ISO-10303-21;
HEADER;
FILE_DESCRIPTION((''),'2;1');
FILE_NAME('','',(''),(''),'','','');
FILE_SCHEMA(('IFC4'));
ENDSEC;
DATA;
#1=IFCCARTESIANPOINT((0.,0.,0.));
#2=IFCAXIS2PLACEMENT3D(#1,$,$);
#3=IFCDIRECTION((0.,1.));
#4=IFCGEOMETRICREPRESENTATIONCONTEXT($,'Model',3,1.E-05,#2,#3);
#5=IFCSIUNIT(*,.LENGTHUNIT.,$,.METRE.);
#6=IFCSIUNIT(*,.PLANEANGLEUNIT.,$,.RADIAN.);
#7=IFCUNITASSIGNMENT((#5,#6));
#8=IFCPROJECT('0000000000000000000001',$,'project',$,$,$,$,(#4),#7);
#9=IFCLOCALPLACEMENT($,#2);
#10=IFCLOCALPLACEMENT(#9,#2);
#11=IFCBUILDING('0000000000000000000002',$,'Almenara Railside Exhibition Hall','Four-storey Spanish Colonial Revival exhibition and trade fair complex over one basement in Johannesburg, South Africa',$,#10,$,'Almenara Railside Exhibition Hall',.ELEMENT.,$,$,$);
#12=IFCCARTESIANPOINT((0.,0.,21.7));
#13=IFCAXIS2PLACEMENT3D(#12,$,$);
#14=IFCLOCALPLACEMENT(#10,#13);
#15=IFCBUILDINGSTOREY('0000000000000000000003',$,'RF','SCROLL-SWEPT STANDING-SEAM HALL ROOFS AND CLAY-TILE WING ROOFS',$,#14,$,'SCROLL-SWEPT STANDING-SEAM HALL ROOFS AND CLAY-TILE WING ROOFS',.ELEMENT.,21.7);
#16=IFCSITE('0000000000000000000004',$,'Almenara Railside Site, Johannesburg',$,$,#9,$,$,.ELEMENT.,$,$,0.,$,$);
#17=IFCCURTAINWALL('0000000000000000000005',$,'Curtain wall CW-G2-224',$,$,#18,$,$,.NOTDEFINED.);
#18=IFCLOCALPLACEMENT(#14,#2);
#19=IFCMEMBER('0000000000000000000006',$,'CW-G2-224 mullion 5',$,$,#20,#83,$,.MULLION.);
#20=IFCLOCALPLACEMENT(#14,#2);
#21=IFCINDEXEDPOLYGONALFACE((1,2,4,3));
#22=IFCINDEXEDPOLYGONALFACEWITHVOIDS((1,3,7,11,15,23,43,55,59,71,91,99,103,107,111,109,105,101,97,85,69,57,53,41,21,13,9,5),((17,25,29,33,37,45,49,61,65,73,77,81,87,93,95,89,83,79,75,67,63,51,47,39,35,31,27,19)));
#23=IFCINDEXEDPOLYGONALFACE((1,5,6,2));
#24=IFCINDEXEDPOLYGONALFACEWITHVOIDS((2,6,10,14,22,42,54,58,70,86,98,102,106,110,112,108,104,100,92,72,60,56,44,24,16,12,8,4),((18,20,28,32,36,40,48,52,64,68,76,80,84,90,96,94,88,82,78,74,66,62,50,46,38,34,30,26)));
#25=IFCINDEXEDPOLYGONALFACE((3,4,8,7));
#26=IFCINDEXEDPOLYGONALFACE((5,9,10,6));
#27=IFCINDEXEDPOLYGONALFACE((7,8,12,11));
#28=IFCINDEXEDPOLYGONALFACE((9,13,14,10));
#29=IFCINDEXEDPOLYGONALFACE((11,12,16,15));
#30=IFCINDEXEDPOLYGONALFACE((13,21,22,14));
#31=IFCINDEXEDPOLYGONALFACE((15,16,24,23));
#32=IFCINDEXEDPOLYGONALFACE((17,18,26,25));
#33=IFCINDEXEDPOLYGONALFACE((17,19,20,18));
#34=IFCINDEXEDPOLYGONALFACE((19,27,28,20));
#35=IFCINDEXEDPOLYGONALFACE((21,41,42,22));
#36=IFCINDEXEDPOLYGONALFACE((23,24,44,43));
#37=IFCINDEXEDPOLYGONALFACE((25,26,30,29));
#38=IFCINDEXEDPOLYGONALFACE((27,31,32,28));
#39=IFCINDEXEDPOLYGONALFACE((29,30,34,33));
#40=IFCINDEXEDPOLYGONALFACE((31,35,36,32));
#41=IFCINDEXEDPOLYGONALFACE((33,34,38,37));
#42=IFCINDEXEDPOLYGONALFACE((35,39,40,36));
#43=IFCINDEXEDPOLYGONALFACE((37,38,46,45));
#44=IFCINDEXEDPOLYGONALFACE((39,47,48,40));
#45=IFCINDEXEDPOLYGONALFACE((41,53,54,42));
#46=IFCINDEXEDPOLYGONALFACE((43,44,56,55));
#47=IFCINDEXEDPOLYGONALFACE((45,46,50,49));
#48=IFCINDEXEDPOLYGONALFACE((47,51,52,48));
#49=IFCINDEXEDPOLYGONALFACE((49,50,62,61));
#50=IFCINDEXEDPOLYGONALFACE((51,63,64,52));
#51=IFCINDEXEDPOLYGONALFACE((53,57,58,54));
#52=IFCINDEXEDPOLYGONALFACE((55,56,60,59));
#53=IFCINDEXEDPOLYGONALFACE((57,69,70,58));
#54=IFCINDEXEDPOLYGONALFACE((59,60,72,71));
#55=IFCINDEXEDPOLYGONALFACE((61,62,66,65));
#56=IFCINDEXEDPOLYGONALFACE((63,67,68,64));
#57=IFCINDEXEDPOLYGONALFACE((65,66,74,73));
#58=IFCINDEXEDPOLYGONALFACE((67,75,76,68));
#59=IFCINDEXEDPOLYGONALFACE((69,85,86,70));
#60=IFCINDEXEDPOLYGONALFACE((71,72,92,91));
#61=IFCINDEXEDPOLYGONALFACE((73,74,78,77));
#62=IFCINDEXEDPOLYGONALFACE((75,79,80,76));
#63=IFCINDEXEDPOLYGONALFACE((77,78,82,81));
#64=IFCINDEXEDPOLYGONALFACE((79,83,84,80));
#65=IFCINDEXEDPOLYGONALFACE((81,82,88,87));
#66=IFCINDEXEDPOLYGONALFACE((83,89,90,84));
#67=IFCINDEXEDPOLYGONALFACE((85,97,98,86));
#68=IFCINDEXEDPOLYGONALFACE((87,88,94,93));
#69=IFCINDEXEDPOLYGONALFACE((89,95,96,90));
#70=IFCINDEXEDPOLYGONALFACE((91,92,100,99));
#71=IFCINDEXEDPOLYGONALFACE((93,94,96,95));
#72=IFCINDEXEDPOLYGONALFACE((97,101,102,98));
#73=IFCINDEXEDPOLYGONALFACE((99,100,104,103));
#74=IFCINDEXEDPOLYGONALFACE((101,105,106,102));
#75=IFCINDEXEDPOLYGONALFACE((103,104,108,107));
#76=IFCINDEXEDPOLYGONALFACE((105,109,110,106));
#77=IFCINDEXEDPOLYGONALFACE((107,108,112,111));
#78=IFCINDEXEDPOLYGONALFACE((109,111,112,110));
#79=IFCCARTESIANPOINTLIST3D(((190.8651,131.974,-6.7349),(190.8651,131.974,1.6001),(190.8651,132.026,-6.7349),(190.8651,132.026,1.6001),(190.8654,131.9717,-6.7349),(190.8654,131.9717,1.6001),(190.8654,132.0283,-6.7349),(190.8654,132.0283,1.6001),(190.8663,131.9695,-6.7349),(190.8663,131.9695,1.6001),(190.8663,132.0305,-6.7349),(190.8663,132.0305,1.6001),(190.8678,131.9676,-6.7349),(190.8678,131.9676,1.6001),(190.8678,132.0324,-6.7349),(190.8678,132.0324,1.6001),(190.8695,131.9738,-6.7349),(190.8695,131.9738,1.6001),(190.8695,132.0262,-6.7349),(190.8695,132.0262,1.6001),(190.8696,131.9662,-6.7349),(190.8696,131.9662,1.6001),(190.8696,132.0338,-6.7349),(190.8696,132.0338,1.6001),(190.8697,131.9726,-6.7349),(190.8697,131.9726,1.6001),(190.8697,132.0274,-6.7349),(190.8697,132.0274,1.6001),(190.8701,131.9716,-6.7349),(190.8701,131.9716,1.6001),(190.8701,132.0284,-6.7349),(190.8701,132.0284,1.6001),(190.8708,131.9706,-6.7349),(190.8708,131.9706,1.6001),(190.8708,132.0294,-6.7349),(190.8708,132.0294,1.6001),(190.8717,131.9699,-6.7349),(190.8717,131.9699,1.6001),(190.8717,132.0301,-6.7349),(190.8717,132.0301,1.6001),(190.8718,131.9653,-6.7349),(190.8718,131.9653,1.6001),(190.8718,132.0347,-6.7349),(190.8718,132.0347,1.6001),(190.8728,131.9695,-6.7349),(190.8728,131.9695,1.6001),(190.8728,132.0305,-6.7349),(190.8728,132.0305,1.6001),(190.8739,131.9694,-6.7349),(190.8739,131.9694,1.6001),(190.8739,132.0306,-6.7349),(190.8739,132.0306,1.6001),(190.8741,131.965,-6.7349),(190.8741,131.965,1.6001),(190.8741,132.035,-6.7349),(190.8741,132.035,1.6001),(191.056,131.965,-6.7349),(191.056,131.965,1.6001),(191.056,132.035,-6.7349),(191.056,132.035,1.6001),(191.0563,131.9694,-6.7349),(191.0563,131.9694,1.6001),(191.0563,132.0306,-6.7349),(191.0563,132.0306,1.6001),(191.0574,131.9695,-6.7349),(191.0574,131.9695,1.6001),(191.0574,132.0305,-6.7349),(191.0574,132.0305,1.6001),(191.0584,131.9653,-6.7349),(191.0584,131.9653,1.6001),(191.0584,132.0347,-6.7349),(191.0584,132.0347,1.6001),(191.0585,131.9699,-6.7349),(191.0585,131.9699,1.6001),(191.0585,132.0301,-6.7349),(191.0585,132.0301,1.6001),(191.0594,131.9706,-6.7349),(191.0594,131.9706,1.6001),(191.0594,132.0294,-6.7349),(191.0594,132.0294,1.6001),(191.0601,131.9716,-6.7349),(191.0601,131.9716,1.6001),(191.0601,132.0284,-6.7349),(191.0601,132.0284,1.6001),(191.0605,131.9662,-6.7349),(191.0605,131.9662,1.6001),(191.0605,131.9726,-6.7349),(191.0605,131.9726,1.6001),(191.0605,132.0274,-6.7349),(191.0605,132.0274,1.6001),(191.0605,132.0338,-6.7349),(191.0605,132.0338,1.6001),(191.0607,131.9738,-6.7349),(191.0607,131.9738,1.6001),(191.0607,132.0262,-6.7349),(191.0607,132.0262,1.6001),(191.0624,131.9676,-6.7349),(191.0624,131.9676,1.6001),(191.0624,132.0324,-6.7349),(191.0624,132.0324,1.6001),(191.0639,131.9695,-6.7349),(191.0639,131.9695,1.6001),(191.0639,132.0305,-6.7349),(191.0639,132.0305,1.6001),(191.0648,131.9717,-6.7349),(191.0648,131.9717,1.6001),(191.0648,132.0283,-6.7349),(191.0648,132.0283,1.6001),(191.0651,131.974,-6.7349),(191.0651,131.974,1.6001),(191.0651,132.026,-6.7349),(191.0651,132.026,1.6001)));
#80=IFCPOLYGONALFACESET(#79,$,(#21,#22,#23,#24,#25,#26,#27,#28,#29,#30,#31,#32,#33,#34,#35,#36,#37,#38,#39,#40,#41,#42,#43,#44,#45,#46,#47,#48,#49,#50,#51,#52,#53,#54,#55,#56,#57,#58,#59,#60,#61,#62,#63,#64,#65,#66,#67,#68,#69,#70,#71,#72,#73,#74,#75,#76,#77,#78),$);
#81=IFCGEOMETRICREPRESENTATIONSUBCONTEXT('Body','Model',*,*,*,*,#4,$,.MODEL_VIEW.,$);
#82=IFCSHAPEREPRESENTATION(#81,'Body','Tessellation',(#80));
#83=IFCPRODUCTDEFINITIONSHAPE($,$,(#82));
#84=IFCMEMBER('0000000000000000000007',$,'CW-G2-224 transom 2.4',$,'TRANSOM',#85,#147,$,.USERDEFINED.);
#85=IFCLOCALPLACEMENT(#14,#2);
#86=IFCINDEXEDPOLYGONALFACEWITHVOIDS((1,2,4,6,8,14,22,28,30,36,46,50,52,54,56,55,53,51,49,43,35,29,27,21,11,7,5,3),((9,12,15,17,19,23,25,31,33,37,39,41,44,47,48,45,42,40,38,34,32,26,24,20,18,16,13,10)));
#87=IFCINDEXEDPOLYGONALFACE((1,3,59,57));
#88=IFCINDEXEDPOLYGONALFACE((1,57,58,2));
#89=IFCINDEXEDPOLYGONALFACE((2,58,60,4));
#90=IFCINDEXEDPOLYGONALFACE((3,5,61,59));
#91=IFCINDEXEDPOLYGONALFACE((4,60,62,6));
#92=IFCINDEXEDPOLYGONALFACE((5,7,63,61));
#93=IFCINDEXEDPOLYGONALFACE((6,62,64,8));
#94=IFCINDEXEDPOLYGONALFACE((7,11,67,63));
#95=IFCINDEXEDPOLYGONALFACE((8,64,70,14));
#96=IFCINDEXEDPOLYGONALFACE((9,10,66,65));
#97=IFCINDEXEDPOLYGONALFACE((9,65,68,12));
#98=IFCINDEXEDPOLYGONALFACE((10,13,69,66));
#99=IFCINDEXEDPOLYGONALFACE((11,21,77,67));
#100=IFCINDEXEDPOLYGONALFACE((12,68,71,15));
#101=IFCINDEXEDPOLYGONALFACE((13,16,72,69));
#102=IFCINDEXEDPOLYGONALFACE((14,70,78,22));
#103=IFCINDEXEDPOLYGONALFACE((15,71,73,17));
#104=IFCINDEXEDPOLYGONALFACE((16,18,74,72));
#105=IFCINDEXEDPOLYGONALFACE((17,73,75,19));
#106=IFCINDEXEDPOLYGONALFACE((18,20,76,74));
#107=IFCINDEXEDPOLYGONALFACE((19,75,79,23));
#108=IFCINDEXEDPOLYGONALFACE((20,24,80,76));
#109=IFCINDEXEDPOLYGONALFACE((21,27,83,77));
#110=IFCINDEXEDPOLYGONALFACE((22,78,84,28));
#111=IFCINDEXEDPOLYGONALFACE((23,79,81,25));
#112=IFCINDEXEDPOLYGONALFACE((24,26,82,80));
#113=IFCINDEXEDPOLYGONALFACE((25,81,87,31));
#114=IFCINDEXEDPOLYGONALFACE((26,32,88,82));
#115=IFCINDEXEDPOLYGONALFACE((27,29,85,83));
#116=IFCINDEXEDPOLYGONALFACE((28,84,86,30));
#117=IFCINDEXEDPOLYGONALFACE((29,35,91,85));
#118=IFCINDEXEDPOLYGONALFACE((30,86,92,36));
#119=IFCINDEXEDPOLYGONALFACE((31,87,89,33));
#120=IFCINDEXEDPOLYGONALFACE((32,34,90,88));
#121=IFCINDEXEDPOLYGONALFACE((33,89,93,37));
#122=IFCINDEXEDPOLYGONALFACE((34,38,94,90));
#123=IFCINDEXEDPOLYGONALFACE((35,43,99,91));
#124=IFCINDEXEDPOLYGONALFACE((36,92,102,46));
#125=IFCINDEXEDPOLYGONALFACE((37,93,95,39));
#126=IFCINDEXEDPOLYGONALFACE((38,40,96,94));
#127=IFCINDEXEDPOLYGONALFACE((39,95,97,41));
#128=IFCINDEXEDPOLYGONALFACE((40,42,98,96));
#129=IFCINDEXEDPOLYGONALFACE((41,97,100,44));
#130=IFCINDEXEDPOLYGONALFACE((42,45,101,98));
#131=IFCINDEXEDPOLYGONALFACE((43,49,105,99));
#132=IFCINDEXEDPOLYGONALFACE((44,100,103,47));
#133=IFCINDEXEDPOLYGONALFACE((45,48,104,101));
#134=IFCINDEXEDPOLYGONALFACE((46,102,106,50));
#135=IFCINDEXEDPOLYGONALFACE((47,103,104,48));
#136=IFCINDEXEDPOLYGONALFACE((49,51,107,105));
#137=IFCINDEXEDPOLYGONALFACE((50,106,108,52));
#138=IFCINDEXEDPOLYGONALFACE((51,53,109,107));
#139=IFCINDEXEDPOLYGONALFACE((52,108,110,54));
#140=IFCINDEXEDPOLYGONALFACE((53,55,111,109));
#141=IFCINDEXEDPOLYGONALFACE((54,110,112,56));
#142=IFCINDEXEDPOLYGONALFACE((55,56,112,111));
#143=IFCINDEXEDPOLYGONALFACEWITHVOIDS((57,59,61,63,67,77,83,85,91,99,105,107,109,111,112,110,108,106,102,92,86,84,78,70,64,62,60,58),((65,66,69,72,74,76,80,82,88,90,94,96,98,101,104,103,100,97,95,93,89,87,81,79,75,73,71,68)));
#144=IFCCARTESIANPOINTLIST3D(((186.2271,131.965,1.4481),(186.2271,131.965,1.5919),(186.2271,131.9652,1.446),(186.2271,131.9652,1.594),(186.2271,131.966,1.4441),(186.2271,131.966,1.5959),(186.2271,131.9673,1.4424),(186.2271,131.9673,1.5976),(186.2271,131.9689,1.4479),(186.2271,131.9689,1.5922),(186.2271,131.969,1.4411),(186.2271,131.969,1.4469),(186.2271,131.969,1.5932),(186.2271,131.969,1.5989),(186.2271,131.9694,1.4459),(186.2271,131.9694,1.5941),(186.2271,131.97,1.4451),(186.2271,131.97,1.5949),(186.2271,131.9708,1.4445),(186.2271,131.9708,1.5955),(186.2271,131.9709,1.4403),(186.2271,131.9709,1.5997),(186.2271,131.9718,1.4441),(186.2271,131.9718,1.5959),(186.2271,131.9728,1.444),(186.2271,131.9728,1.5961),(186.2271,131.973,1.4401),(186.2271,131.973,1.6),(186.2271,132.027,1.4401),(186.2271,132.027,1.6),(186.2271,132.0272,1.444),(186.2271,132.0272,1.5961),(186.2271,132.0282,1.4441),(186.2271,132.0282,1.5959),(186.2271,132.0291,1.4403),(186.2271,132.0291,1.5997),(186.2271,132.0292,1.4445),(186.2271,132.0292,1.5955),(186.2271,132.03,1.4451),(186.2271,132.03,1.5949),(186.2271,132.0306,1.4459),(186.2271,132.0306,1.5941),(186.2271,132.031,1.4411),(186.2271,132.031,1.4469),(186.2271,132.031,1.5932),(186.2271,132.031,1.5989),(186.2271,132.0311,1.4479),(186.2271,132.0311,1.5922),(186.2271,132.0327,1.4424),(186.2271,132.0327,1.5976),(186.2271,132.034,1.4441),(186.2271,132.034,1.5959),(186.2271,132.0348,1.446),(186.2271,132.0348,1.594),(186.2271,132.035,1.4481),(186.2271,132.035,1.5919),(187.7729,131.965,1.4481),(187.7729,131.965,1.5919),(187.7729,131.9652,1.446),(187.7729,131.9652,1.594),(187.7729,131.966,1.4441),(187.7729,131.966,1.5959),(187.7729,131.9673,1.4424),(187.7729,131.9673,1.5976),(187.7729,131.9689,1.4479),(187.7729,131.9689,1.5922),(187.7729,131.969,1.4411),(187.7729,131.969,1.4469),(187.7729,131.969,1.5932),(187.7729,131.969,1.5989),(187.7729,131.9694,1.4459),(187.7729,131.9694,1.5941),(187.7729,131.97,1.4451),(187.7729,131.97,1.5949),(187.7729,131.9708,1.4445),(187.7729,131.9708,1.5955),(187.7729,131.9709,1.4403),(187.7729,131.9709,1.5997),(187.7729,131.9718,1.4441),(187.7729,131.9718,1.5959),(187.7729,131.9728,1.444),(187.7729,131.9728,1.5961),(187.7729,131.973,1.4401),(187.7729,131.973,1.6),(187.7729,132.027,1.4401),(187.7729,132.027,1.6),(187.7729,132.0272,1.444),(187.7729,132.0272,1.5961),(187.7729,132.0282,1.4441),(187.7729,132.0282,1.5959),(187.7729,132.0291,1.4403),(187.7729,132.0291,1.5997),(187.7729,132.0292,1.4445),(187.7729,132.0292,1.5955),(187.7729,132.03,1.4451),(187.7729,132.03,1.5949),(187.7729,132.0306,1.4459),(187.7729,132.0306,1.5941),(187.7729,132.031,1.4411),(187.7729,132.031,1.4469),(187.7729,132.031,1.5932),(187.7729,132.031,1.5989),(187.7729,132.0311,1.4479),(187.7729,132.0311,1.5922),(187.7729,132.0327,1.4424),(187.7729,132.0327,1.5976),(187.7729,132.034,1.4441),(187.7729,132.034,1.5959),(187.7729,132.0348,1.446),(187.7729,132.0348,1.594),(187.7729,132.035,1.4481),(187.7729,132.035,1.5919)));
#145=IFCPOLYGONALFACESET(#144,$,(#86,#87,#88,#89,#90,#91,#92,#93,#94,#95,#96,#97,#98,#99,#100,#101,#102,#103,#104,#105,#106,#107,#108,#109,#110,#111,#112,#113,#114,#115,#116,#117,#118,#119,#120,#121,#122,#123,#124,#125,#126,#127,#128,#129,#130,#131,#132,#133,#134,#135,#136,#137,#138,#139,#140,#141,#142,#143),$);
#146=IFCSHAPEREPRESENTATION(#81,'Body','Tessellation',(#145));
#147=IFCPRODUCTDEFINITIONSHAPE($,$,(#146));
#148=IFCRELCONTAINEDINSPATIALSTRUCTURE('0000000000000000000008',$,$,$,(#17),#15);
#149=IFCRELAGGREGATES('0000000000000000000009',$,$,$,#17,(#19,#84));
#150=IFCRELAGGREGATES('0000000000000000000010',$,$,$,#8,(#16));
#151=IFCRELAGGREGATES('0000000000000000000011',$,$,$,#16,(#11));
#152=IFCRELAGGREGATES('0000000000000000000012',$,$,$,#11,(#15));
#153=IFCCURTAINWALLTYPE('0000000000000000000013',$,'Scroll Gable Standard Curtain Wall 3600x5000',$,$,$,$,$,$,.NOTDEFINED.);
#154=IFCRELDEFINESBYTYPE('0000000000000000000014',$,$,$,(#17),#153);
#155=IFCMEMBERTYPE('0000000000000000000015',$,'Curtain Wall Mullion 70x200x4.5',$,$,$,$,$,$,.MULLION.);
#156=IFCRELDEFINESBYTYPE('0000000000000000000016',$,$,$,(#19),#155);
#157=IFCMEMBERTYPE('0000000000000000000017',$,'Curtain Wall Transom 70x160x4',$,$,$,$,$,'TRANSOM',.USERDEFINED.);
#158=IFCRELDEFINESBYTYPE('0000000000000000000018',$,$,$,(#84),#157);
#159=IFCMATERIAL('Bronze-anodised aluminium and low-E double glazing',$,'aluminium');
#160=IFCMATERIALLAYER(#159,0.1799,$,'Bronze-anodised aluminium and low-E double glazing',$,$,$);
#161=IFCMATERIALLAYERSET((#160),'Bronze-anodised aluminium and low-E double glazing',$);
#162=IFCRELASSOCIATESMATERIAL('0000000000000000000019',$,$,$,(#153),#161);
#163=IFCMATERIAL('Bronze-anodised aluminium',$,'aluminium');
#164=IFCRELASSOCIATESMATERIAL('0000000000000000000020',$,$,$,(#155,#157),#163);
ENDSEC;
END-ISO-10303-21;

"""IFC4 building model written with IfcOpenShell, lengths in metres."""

from ifc_helpers import new_model, si_unit, direction, frame, origin, origin_2d, place, context, subcontext, project, spatial, hollow_rectangle, extrude, material, layer, layer_set, material_profile, profile_set, type_object, element, aggregate, save


model = new_model("IFC4")

# Units and contexts
model_context = context("Model", 3, precision=1e-05, world=origin(), true_north=direction((0.0, 1.0)))
body_context = subcontext(model_context, "Body", "Model", "MODEL_VIEW")
ifc_project = project(units=[si_unit("LENGTHUNIT", "METRE"), si_unit("PLANEANGLEUNIT", "RADIAN")], contexts=[model_context])

# Site, building, storey
site_placement = place(None, origin())
site = spatial("IfcSite", under=ifc_project, at=site_placement, Name="Almenara Railside Site, Johannesburg", CompositionType="ELEMENT", RefElevation=0.0)
building_placement = place(site_placement, origin())
building = spatial("IfcBuilding", under=site, at=building_placement, Name="Almenara Railside Exhibition Hall", Description="Four-storey Spanish Colonial Revival exhibition and trade fair complex over one basement in Johannesburg, South Africa", LongName="Almenara Railside Exhibition Hall", CompositionType="ELEMENT")
storey_placement = place(building_placement, frame((0.0, 0.0, 21.7)))
storey = spatial("IfcBuildingStorey", under=building, at=storey_placement, Name="RF", Description="SCROLL-SWEPT STANDING-SEAM HALL ROOFS AND CLAY-TILE WING ROOFS", LongName="SCROLL-SWEPT STANDING-SEAM HALL ROOFS AND CLAY-TILE WING ROOFS", CompositionType="ELEMENT", Elevation=21.7)

# Curtain wall, members
ifc_material_1 = material(Name="Bronze-anodised aluminium and low-E double glazing", Category="aluminium")
ifc_layer_1 = layer(ifc_material_1, 0.1799, Name="Bronze-anodised aluminium and low-E double glazing")
ifc_layer_set_1 = layer_set([ifc_layer_1], Name="Bronze-anodised aluminium and low-E double glazing")
curtain_wall_type = type_object("IfcCurtainWallType", Name="Scroll Gable Standard Curtain Wall 3600x5000", PredefinedType="NOTDEFINED", material=ifc_layer_set_1)
curtain_wall_placement = place(storey_placement, origin())
curtain_wall = element("IfcCurtainWall", 1, at=curtain_wall_placement, inside=storey, type_object=curtain_wall_type, Name="Curtain wall CW-G2-224", PredefinedType="NOTDEFINED")
ifc_material_2 = material(Name="Bronze-anodised aluminium", Category="aluminium")
ifc_material_profile_1 = material_profile(ifc_material_2, hollow_rectangle(XDim=0.0701, YDim=0.2, WallThickness=0.0044, InnerFilletRadius=0.0044, OuterFilletRadius=0.009, at=origin_2d()), Name="ALU-MUL 70x200x4.5")
ifc_profile_set_1 = profile_set([ifc_material_profile_1], Name="Bronze-anodised aluminium")
member_type_1 = type_object("IfcMemberType", Name="Curtain Wall Mullion 70x200x4.5", PredefinedType="MULLION", material=ifc_profile_set_1)
member_1_placement = place(storey_placement, frame((190.9651, 132.0, -6.7349), z_axis=(0.0, 0.0, 1.0), x_axis=(0.0, 1.0, 0.0)))
member_1 = element("IfcMember", 2, at=member_1_placement, type_object=member_type_1, Name="CW-G2-224 mullion 5", PredefinedType="MULLION", context=body_context, shape_type="SweptSolid", body=[
    extrude(hollow_rectangle(XDim=0.0701, YDim=0.2, WallThickness=0.0044, InnerFilletRadius=0.0044, OuterFilletRadius=0.009, at=origin_2d()), origin(), (0.0, 0.0, 1.0), 8.335),
])
ifc_material_profile_2 = material_profile(ifc_material_2, hollow_rectangle(XDim=0.0701, YDim=0.1599, WallThickness=0.0039, InnerFilletRadius=0.0039, OuterFilletRadius=0.0081, at=origin_2d()), Name="ALU-TRN 70x160x4")
ifc_profile_set_2 = profile_set([ifc_material_profile_2], Name="Bronze-anodised aluminium")
member_type_2 = type_object("IfcMemberType", Name="Curtain Wall Transom 70x160x4", ElementType="TRANSOM", PredefinedType="USERDEFINED", material=ifc_profile_set_2)
member_2_placement = place(storey_placement, frame((186.2271, 132.0, 1.52), z_axis=(1.0, 0.0, 0.0), x_axis=(0.0, 1.0, 0.0)))
member_2 = element("IfcMember", 3, at=member_2_placement, type_object=member_type_2, Name="CW-G2-224 transom 2.4", ObjectType="TRANSOM", PredefinedType="USERDEFINED", context=body_context, shape_type="SweptSolid", body=[
    extrude(hollow_rectangle(XDim=0.0701, YDim=0.1599, WallThickness=0.0039, InnerFilletRadius=0.0039, OuterFilletRadius=0.0081, at=origin_2d()), origin(), (0.0, 0.0, 1.0), 1.5459),
])

aggregate(curtain_wall, [member_1, member_2])

save(model, "model.ifc")
